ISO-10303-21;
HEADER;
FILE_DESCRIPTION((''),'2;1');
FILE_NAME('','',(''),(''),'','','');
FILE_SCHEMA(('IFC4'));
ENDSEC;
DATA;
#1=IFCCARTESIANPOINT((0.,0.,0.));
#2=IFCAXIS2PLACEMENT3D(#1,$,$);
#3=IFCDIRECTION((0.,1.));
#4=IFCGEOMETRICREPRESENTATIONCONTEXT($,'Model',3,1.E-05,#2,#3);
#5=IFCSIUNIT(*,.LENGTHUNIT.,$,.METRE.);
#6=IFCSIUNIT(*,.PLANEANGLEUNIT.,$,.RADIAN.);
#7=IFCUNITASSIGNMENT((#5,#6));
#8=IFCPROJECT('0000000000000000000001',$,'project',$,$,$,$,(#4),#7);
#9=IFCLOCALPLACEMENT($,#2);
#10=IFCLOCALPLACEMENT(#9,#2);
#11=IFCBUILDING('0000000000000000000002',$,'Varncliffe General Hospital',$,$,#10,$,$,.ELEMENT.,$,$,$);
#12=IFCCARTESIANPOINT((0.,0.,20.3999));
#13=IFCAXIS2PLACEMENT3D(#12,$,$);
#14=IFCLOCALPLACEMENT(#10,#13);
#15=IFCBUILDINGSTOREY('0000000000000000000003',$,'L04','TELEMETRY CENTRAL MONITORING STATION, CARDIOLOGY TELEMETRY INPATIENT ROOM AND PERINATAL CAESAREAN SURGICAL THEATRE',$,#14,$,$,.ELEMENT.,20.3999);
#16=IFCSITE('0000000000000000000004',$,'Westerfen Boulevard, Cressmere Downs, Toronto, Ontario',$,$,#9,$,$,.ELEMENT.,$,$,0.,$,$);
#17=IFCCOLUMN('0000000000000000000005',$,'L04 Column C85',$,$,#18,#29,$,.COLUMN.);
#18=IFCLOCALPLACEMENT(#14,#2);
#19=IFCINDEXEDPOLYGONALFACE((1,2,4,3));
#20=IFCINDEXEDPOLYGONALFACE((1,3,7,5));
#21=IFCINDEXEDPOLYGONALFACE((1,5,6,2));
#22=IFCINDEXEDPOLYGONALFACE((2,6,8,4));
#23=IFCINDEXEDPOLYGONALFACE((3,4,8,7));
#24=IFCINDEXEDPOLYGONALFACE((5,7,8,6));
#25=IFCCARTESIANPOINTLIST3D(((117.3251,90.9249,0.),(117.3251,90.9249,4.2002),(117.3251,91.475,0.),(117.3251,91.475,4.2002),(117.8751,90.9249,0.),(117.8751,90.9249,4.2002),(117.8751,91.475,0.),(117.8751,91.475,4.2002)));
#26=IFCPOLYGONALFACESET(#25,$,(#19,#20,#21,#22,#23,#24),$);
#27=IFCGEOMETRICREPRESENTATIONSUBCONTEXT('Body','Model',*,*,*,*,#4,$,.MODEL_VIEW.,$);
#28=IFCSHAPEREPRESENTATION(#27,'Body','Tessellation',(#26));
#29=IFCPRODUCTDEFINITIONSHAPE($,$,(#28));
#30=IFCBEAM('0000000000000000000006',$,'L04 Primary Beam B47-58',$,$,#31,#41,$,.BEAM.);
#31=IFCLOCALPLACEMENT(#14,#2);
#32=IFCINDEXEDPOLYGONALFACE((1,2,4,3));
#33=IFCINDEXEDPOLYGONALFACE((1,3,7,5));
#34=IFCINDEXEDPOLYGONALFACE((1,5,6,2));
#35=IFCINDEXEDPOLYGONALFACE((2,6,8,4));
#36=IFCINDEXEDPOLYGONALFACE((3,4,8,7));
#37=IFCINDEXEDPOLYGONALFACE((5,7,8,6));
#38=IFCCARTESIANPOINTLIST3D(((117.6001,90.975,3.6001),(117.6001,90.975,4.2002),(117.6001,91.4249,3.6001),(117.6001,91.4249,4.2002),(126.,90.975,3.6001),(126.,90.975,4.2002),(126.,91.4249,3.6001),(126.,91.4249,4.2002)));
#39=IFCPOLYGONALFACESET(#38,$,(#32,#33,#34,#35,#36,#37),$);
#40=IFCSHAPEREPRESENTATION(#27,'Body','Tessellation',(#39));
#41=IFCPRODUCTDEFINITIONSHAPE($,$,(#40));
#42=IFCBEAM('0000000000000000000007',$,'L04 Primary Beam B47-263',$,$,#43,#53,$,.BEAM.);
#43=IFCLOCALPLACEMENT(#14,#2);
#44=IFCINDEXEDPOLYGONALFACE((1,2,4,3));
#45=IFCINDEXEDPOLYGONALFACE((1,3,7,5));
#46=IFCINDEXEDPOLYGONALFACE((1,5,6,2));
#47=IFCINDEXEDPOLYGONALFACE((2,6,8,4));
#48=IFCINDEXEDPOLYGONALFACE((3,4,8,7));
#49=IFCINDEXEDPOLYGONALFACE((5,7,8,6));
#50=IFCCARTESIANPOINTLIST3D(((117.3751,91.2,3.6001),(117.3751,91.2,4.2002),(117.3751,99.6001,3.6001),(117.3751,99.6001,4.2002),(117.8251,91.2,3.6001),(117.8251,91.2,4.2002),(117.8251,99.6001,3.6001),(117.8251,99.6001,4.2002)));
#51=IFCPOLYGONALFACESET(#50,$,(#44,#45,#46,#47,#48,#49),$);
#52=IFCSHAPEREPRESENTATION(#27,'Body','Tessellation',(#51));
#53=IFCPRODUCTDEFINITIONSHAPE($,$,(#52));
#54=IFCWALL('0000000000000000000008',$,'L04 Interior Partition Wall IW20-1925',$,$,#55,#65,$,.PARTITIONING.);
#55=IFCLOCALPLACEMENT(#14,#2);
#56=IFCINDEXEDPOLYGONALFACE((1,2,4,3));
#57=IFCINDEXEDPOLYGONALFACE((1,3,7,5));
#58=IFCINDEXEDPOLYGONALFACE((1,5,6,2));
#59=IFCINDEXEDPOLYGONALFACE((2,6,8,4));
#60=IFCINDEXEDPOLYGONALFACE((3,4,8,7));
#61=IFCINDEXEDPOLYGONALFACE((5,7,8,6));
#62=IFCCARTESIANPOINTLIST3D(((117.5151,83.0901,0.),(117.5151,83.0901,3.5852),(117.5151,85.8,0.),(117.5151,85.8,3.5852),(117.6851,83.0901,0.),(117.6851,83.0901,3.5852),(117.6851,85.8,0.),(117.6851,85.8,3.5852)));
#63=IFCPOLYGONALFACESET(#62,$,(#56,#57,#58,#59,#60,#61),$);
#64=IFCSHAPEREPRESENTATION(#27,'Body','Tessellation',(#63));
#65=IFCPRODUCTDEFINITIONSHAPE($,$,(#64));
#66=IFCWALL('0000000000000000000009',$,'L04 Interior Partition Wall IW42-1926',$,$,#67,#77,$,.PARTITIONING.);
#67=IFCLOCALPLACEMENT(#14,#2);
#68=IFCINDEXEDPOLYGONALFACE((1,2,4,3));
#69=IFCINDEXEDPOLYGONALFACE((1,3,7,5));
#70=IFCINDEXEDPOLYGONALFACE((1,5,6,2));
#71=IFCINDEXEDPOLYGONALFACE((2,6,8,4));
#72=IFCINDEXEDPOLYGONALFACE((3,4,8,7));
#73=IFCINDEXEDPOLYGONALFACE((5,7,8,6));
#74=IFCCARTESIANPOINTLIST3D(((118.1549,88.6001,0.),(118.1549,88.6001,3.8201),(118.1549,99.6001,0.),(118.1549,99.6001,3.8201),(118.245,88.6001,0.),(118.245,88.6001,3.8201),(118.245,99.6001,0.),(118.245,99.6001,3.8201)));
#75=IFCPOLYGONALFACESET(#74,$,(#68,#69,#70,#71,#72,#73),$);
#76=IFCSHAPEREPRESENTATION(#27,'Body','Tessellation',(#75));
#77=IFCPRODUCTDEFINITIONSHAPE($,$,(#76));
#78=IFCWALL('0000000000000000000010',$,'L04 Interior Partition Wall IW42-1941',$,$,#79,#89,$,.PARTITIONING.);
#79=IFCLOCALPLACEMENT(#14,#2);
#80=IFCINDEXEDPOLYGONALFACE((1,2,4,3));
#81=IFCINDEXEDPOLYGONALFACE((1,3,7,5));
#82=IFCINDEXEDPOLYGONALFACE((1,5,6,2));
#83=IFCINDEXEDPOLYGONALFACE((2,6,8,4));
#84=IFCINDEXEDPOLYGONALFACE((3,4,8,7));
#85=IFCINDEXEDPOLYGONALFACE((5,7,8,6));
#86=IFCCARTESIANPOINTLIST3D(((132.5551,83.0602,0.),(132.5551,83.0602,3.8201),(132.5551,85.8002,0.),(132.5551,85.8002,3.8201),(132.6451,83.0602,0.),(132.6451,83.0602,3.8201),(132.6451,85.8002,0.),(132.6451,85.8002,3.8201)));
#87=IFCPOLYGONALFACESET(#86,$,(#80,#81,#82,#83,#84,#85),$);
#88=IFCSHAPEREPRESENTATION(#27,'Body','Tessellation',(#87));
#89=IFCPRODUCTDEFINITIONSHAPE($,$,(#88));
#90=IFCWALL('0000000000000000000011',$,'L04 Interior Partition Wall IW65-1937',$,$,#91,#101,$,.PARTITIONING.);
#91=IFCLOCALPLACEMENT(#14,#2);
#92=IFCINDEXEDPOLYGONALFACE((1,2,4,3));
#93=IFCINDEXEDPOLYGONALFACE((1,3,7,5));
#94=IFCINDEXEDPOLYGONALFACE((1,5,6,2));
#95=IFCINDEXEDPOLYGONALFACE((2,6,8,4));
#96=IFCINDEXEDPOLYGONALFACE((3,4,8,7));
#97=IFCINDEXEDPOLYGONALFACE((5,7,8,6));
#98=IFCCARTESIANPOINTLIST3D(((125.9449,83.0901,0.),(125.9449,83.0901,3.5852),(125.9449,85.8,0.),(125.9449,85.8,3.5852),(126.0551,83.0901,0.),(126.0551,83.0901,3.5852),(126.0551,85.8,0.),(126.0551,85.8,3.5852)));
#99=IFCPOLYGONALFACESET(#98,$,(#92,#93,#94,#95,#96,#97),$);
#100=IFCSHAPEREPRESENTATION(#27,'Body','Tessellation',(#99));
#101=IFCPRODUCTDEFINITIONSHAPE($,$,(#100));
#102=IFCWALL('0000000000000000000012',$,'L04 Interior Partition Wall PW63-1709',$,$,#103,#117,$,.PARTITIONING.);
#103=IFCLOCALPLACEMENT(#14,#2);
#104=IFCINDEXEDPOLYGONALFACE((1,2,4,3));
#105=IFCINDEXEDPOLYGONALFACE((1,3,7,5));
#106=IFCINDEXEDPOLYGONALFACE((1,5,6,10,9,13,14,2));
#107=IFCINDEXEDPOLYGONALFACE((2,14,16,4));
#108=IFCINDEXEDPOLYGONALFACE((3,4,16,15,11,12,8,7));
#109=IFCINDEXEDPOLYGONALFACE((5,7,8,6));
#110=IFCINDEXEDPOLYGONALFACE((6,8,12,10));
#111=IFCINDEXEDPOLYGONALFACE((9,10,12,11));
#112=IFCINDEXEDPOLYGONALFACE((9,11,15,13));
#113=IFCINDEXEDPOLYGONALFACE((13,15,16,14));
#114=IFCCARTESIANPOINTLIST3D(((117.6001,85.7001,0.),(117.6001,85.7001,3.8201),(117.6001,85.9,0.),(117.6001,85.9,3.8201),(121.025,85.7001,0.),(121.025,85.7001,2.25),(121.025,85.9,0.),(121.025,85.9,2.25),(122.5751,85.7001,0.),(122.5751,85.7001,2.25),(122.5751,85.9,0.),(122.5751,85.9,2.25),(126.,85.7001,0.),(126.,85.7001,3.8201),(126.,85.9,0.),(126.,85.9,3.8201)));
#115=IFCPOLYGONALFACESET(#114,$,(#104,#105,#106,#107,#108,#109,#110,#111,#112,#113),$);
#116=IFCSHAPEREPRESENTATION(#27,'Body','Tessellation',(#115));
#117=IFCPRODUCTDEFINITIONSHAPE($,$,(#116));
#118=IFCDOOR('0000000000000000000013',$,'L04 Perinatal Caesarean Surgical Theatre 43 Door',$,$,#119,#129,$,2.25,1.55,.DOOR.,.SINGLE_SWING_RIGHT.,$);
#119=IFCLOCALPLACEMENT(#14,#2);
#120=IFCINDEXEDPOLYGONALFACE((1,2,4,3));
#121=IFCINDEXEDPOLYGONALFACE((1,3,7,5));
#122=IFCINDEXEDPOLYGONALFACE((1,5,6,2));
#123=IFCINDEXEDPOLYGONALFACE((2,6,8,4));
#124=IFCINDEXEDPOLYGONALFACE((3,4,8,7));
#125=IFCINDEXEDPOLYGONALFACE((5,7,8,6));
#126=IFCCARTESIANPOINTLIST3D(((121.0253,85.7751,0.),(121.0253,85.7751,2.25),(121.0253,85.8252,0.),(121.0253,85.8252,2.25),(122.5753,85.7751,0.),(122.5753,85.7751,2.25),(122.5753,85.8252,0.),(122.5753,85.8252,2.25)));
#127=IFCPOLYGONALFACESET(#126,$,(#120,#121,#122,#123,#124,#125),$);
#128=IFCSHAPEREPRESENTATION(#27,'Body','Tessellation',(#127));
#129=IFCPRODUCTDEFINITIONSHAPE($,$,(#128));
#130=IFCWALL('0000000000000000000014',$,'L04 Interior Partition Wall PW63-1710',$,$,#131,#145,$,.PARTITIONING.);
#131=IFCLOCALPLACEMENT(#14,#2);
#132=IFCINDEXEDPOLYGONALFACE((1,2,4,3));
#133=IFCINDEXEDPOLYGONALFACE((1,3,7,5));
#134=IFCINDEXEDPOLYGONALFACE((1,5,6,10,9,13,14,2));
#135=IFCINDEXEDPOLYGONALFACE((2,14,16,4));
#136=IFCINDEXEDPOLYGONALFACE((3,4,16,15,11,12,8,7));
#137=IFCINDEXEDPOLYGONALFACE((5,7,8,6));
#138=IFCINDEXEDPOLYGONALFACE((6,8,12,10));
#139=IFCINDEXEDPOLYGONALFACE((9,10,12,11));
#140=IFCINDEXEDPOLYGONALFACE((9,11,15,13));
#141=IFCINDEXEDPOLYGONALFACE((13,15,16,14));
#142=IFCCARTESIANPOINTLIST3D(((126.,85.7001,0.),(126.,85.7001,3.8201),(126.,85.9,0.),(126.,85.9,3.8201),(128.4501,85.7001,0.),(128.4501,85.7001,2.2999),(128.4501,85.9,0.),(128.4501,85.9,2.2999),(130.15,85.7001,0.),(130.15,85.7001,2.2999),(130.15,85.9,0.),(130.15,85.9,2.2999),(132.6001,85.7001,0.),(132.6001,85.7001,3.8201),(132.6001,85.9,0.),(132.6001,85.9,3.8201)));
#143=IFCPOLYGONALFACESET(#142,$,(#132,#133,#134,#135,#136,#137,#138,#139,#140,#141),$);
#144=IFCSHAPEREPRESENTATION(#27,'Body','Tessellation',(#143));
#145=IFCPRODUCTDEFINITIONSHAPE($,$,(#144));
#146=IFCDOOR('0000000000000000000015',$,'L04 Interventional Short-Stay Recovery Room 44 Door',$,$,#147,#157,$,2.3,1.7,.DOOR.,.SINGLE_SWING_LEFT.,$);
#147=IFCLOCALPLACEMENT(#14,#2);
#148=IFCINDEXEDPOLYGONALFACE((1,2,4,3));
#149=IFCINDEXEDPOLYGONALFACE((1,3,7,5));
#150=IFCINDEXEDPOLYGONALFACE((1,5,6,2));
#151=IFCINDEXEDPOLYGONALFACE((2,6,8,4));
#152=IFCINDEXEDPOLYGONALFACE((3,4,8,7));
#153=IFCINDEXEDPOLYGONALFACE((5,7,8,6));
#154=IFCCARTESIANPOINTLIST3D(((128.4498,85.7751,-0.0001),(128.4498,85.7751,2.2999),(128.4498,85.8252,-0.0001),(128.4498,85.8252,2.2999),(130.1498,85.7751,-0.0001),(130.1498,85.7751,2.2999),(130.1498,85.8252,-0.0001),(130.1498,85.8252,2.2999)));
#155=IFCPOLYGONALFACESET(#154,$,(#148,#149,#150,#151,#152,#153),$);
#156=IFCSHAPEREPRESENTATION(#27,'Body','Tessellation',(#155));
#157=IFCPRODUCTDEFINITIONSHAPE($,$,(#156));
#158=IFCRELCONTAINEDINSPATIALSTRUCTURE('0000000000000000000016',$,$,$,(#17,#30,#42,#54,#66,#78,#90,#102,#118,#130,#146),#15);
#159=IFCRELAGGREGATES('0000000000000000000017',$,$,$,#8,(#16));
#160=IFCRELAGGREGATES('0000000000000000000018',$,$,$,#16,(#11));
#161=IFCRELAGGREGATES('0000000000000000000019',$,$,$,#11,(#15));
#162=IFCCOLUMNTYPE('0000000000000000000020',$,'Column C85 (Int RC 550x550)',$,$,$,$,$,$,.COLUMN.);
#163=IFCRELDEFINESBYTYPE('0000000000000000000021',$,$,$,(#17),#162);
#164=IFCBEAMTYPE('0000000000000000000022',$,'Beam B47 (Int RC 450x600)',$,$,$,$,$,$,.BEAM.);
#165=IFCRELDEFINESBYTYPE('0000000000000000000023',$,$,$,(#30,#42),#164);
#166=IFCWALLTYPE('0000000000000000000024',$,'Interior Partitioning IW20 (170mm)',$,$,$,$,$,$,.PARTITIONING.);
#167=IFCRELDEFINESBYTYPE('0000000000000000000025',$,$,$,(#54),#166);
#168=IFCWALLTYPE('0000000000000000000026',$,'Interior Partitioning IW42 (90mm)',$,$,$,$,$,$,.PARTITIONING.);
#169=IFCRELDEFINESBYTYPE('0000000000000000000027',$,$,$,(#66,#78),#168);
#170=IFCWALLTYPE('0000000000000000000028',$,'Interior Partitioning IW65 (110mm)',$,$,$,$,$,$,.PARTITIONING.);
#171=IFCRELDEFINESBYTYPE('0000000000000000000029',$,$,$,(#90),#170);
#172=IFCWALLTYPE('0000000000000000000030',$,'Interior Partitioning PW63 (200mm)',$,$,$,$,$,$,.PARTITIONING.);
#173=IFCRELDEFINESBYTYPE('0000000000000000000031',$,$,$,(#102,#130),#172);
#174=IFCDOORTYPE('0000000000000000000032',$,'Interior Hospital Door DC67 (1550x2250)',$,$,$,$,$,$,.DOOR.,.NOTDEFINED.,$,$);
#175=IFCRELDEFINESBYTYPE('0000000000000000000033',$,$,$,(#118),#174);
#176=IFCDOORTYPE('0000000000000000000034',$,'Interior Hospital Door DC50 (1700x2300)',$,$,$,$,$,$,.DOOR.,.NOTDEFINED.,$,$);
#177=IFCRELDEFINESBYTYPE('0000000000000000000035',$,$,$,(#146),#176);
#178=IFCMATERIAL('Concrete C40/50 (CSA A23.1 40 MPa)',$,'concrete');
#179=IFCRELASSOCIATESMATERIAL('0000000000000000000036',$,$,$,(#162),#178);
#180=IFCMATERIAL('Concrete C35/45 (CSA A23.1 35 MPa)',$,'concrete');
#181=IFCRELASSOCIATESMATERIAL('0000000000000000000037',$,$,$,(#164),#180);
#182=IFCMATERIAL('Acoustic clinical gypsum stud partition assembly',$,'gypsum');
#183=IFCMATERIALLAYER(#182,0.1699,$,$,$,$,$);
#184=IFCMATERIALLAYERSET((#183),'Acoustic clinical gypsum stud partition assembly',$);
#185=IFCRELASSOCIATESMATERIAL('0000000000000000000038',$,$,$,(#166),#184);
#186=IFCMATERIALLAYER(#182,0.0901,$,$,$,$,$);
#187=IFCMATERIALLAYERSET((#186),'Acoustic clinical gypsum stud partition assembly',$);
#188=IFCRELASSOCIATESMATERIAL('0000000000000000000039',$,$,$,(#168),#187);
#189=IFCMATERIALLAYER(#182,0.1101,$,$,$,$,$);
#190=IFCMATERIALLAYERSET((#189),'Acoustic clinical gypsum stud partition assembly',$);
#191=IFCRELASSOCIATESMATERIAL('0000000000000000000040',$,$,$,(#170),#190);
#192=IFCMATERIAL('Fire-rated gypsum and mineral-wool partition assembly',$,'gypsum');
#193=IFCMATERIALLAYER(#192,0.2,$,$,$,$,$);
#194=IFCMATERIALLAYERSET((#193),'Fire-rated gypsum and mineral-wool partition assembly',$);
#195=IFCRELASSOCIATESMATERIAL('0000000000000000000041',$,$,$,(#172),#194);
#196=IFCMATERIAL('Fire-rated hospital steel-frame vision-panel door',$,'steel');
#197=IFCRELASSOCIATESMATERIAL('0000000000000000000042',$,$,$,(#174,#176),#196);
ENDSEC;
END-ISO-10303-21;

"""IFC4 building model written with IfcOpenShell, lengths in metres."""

from ifc_helpers import new_model, si_unit, direction, frame, frame_2d, origin, origin_2d, place, context, subcontext, project, spatial, rectangle, extrude, material, layer, layer_set, material_profile, profile_set, type_object, element, fill, save


model = new_model("IFC4")

# Units and contexts
model_context = context("Model", 3, precision=1e-05, world=origin(), true_north=direction((0.0, 1.0)))
body_context = subcontext(model_context, "Body", "Model", "MODEL_VIEW")
ifc_project = project(units=[si_unit("LENGTHUNIT", "METRE"), si_unit("PLANEANGLEUNIT", "RADIAN")], contexts=[model_context])

# Site, building, storey
site_placement = place(None, origin())
site = spatial("IfcSite", under=ifc_project, at=site_placement, Name="Westerfen Boulevard, Cressmere Downs, Toronto, Ontario", CompositionType="ELEMENT", RefElevation=0.0)
building_placement = place(site_placement, origin())
building = spatial("IfcBuilding", under=site, at=building_placement, Name="Varncliffe General Hospital", CompositionType="ELEMENT")
storey_placement = place(building_placement, frame((0.0, 0.0, 20.3999)))
storey = spatial("IfcBuildingStorey", under=building, at=storey_placement, Name="L04", Description="TELEMETRY CENTRAL MONITORING STATION, CARDIOLOGY TELEMETRY INPATIENT ROOM AND PERINATAL CAESAREAN SURGICAL THEATRE", CompositionType="ELEMENT", Elevation=20.3999)

# Column
ifc_material_1 = material(Name="Concrete C40/50 (CSA A23.1 40 MPa)", Category="concrete")
ifc_material_profile_1 = material_profile(ifc_material_1, rectangle(XDim=0.55, YDim=0.55, at=origin_2d()), Name="RC 550x550")
ifc_profile_set_1 = profile_set([ifc_material_profile_1], Name="Concrete C40/50 (CSA A23.1 40 MPa)")
column_type = type_object("IfcColumnType", Name="Column C85 (Int RC 550x550)", PredefinedType="COLUMN", material=ifc_profile_set_1)
column_placement = place(storey_placement, frame((117.6001, 91.2, 0.0), z_axis=(0.0, 0.0, 1.0), x_axis=(1.0, 0.0, 0.0)))
element("IfcColumn", 1, at=column_placement, inside=storey, type_object=column_type, Name="L04 Column C85", PredefinedType="COLUMN", context=body_context, shape_type="SweptSolid", body=[
    extrude(rectangle(XDim=0.55, YDim=0.55, at=origin_2d()), origin(), (0.0, 0.0, 1.0), 4.2002),
])

# Beams
ifc_material_2 = material(Name="Concrete C35/45 (CSA A23.1 35 MPa)", Category="concrete")
ifc_material_profile_2 = material_profile(ifc_material_2, rectangle(XDim=0.45, YDim=0.6001, at=origin_2d()), Name="RC 450x600")
ifc_profile_set_2 = profile_set([ifc_material_profile_2], Name="Concrete C35/45 (CSA A23.1 35 MPa)")
beam_type = type_object("IfcBeamType", Name="Beam B47 (Int RC 450x600)", PredefinedType="BEAM", material=ifc_profile_set_2)
beam_1_placement = place(storey_placement, frame((117.6001, 91.2, 3.9001), z_axis=(1.0, 0.0, 0.0), x_axis=(0.0, 1.0, 0.0)))
element("IfcBeam", 2, at=beam_1_placement, inside=storey, type_object=beam_type, Name="L04 Primary Beam B47-58", PredefinedType="BEAM", context=body_context, shape_type="SweptSolid", body=[
    extrude(rectangle(XDim=0.45, YDim=0.6001, at=origin_2d()), origin(), (0.0, 0.0, 1.0), 8.3999),
])
beam_2_placement = place(storey_placement, frame((117.6001, 91.2, 3.9001), z_axis=(0.0, 1.0, 0.0), x_axis=(-1.0, 0.0, 0.0)))
element("IfcBeam", 3, at=beam_2_placement, inside=storey, type_object=beam_type, Name="L04 Primary Beam B47-263", PredefinedType="BEAM", context=body_context, shape_type="SweptSolid", body=[
    extrude(rectangle(XDim=0.45, YDim=0.6001, at=origin_2d()), origin(), (0.0, 0.0, 1.0), 8.4001),
])

# Walls
ifc_material_3 = material(Name="Acoustic clinical gypsum stud partition assembly", Category="gypsum")
ifc_layer_1 = layer(ifc_material_3, 0.1699)
ifc_layer_set_1 = layer_set([ifc_layer_1], Name="Acoustic clinical gypsum stud partition assembly")
wall_type_1 = type_object("IfcWallType", Name="Interior Partitioning IW20 (170mm)", PredefinedType="PARTITIONING", material=ifc_layer_set_1)
wall_1_placement = place(storey_placement, frame((117.6001, 83.0901, 0.0), z_axis=(0.0, 0.0, 1.0), x_axis=(0.0, 1.0, 0.0)))
element("IfcWall", 4, at=wall_1_placement, inside=storey, type_object=wall_type_1, Name="L04 Interior Partition Wall IW20-1925", PredefinedType="PARTITIONING", context=body_context, shape_type="SweptSolid", body=[
    extrude(rectangle(XDim=2.71, YDim=0.1699, at=frame_2d((1.355, 0.0))), origin(), (0.0, 0.0, 1.0), 3.5852),
])
ifc_layer_2 = layer(ifc_material_3, 0.0901)
ifc_layer_set_2 = layer_set([ifc_layer_2], Name="Acoustic clinical gypsum stud partition assembly")
wall_type_2 = type_object("IfcWallType", Name="Interior Partitioning IW42 (90mm)", PredefinedType="PARTITIONING", material=ifc_layer_set_2)
wall_2_placement = place(storey_placement, frame((118.2, 88.6001, 0.0), z_axis=(0.0, 0.0, 1.0), x_axis=(0.0, 1.0, 0.0)))
element("IfcWall", 5, at=wall_2_placement, inside=storey, type_object=wall_type_2, Name="L04 Interior Partition Wall IW42-1926", PredefinedType="PARTITIONING", context=body_context, shape_type="SweptSolid", body=[
    extrude(rectangle(XDim=11.0, YDim=0.0901, at=frame_2d((5.5, 0.0))), origin(), (0.0, 0.0, 1.0), 3.8201),
])
wall_3_placement = place(storey_placement, frame((132.6001, 83.0601, 0.0), z_axis=(0.0, 0.0, 1.0), x_axis=(0.0, 1.0, 0.0)))
element("IfcWall", 6, at=wall_3_placement, inside=storey, type_object=wall_type_2, Name="L04 Interior Partition Wall IW42-1941", PredefinedType="PARTITIONING", context=body_context, shape_type="SweptSolid", body=[
    extrude(rectangle(XDim=2.74, YDim=0.0901, at=frame_2d((1.3701, 0.0))), origin(), (0.0, 0.0, 1.0), 3.8201),
])
ifc_layer_3 = layer(ifc_material_3, 0.1101)
ifc_layer_set_3 = layer_set([ifc_layer_3], Name="Acoustic clinical gypsum stud partition assembly")
wall_type_3 = type_object("IfcWallType", Name="Interior Partitioning IW65 (110mm)", PredefinedType="PARTITIONING", material=ifc_layer_set_3)
wall_4_placement = place(storey_placement, frame((126.0, 83.0901, 0.0), z_axis=(0.0, 0.0, 1.0), x_axis=(0.0, 1.0, 0.0)))
element("IfcWall", 7, at=wall_4_placement, inside=storey, type_object=wall_type_3, Name="L04 Interior Partition Wall IW65-1937", PredefinedType="PARTITIONING", context=body_context, shape_type="SweptSolid", body=[
    extrude(rectangle(XDim=2.71, YDim=0.1101, at=frame_2d((1.355, 0.0))), origin(), (0.0, 0.0, 1.0), 3.5852),
])

# Walls, openings, doors
ifc_material_4 = material(Name="Fire-rated gypsum and mineral-wool partition assembly", Category="gypsum")
ifc_layer_4 = layer(ifc_material_4, 0.2)
ifc_layer_set_4 = layer_set([ifc_layer_4], Name="Fire-rated gypsum and mineral-wool partition assembly")
wall_type_4 = type_object("IfcWallType", Name="Interior Partitioning PW63 (200mm)", PredefinedType="PARTITIONING", material=ifc_layer_set_4)
wall_5_placement = place(storey_placement, frame((117.6001, 85.8, 0.0), z_axis=(0.0, 0.0, 1.0), x_axis=(1.0, 0.0, 0.0)))
wall_5 = element("IfcWall", 8, at=wall_5_placement, inside=storey, type_object=wall_type_4, Name="L04 Interior Partition Wall PW63-1709", PredefinedType="PARTITIONING", context=body_context, shape_type="SweptSolid", body=[
    extrude(rectangle(XDim=8.3999, YDim=0.2, at=frame_2d((4.2, 0.0))), origin(), (0.0, 0.0, 1.0), 3.8201),
])
opening_1_placement = place(wall_5_placement, frame((3.425, 0.0, 0.0)))
opening_1 = element("IfcOpeningElement", 9, at=opening_1_placement, cuts=wall_5, PredefinedType="OPENING", context=body_context, shape_type="SweptSolid", body=[
    extrude(rectangle(XDim=1.55, YDim=2.25, at=frame_2d((0.7749, 1.125))), frame((0.0, 0.1099, 0.0), z_axis=(0.0, -1.0, 0.0), x_axis=(1.0, 0.0, 0.0)), (0.0, 0.0, 1.0), 0.22),
])
ifc_material_5 = material(Name="Fire-rated hospital steel-frame vision-panel door", Category="steel")
door_type_1 = type_object("IfcDoorType", Name="Interior Hospital Door DC67 (1550x2250)", OperationType="NOTDEFINED", PredefinedType="DOOR", material=ifc_material_5)
door_1_placement = place(opening_1_placement, frame((1.55, 0.0, 0.0), z_axis=(0.0, 0.0, 1.0), x_axis=(-1.0, 0.0, 0.0)))
door_1 = element("IfcDoor", 10, at=door_1_placement, inside=storey, type_object=door_type_1, Name="L04 Perinatal Caesarean Surgical Theatre 43 Door", OperationType="SINGLE_SWING_RIGHT", OverallHeight=2.25, OverallWidth=1.55, PredefinedType="DOOR", context=body_context, shape_type="SweptSolid", body=[
    extrude(rectangle(XDim=1.55, YDim=2.25, at=frame_2d((0.7749, 1.125))), frame((0.0, 0.0249, 0.0), z_axis=(0.0, -1.0, 0.0), x_axis=(1.0, 0.0, 0.0)), (0.0, 0.0, 1.0), 0.05),
])
fill(opening_1, door_1)
wall_6_placement = place(storey_placement, frame((126.0, 85.8, 0.0), z_axis=(0.0, 0.0, 1.0), x_axis=(1.0, 0.0, 0.0)))
wall_6 = element("IfcWall", 11, at=wall_6_placement, inside=storey, type_object=wall_type_4, Name="L04 Interior Partition Wall PW63-1710", PredefinedType="PARTITIONING", context=body_context, shape_type="SweptSolid", body=[
    extrude(rectangle(XDim=6.6001, YDim=0.2, at=frame_2d((3.3, 0.0))), origin(), (0.0, 0.0, 1.0), 3.8201),
])
opening_2_placement = place(wall_6_placement, frame((2.45, 0.0, 0.0)))
opening_2 = element("IfcOpeningElement", 12, at=opening_2_placement, cuts=wall_6, PredefinedType="OPENING", context=body_context, shape_type="SweptSolid", body=[
    extrude(rectangle(XDim=1.7, YDim=2.3, at=frame_2d((0.8501, 1.1499))), frame((0.0, 0.1099, 0.0), z_axis=(0.0, -1.0, 0.0), x_axis=(1.0, 0.0, 0.0)), (0.0, 0.0, 1.0), 0.22),
])
door_type_2 = type_object("IfcDoorType", Name="Interior Hospital Door DC50 (1700x2300)", OperationType="NOTDEFINED", PredefinedType="DOOR", material=ifc_material_5)
door_2_placement = place(opening_2_placement, frame((1.7, 0.0, 0.0), z_axis=(0.0, 0.0, 1.0), x_axis=(-1.0, 0.0, 0.0)))
door_2 = element("IfcDoor", 13, at=door_2_placement, inside=storey, type_object=door_type_2, Name="L04 Interventional Short-Stay Recovery Room 44 Door", OperationType="SINGLE_SWING_LEFT", OverallHeight=2.3, OverallWidth=1.7, PredefinedType="DOOR", context=body_context, shape_type="SweptSolid", body=[
    extrude(rectangle(XDim=1.7, YDim=2.3, at=frame_2d((0.8501, 1.1499))), frame((0.0, 0.0249, 0.0), z_axis=(0.0, -1.0, 0.0), x_axis=(1.0, 0.0, 0.0)), (0.0, 0.0, 1.0), 0.05),
])
fill(opening_2, door_2)

save(model, "model.ifc")
